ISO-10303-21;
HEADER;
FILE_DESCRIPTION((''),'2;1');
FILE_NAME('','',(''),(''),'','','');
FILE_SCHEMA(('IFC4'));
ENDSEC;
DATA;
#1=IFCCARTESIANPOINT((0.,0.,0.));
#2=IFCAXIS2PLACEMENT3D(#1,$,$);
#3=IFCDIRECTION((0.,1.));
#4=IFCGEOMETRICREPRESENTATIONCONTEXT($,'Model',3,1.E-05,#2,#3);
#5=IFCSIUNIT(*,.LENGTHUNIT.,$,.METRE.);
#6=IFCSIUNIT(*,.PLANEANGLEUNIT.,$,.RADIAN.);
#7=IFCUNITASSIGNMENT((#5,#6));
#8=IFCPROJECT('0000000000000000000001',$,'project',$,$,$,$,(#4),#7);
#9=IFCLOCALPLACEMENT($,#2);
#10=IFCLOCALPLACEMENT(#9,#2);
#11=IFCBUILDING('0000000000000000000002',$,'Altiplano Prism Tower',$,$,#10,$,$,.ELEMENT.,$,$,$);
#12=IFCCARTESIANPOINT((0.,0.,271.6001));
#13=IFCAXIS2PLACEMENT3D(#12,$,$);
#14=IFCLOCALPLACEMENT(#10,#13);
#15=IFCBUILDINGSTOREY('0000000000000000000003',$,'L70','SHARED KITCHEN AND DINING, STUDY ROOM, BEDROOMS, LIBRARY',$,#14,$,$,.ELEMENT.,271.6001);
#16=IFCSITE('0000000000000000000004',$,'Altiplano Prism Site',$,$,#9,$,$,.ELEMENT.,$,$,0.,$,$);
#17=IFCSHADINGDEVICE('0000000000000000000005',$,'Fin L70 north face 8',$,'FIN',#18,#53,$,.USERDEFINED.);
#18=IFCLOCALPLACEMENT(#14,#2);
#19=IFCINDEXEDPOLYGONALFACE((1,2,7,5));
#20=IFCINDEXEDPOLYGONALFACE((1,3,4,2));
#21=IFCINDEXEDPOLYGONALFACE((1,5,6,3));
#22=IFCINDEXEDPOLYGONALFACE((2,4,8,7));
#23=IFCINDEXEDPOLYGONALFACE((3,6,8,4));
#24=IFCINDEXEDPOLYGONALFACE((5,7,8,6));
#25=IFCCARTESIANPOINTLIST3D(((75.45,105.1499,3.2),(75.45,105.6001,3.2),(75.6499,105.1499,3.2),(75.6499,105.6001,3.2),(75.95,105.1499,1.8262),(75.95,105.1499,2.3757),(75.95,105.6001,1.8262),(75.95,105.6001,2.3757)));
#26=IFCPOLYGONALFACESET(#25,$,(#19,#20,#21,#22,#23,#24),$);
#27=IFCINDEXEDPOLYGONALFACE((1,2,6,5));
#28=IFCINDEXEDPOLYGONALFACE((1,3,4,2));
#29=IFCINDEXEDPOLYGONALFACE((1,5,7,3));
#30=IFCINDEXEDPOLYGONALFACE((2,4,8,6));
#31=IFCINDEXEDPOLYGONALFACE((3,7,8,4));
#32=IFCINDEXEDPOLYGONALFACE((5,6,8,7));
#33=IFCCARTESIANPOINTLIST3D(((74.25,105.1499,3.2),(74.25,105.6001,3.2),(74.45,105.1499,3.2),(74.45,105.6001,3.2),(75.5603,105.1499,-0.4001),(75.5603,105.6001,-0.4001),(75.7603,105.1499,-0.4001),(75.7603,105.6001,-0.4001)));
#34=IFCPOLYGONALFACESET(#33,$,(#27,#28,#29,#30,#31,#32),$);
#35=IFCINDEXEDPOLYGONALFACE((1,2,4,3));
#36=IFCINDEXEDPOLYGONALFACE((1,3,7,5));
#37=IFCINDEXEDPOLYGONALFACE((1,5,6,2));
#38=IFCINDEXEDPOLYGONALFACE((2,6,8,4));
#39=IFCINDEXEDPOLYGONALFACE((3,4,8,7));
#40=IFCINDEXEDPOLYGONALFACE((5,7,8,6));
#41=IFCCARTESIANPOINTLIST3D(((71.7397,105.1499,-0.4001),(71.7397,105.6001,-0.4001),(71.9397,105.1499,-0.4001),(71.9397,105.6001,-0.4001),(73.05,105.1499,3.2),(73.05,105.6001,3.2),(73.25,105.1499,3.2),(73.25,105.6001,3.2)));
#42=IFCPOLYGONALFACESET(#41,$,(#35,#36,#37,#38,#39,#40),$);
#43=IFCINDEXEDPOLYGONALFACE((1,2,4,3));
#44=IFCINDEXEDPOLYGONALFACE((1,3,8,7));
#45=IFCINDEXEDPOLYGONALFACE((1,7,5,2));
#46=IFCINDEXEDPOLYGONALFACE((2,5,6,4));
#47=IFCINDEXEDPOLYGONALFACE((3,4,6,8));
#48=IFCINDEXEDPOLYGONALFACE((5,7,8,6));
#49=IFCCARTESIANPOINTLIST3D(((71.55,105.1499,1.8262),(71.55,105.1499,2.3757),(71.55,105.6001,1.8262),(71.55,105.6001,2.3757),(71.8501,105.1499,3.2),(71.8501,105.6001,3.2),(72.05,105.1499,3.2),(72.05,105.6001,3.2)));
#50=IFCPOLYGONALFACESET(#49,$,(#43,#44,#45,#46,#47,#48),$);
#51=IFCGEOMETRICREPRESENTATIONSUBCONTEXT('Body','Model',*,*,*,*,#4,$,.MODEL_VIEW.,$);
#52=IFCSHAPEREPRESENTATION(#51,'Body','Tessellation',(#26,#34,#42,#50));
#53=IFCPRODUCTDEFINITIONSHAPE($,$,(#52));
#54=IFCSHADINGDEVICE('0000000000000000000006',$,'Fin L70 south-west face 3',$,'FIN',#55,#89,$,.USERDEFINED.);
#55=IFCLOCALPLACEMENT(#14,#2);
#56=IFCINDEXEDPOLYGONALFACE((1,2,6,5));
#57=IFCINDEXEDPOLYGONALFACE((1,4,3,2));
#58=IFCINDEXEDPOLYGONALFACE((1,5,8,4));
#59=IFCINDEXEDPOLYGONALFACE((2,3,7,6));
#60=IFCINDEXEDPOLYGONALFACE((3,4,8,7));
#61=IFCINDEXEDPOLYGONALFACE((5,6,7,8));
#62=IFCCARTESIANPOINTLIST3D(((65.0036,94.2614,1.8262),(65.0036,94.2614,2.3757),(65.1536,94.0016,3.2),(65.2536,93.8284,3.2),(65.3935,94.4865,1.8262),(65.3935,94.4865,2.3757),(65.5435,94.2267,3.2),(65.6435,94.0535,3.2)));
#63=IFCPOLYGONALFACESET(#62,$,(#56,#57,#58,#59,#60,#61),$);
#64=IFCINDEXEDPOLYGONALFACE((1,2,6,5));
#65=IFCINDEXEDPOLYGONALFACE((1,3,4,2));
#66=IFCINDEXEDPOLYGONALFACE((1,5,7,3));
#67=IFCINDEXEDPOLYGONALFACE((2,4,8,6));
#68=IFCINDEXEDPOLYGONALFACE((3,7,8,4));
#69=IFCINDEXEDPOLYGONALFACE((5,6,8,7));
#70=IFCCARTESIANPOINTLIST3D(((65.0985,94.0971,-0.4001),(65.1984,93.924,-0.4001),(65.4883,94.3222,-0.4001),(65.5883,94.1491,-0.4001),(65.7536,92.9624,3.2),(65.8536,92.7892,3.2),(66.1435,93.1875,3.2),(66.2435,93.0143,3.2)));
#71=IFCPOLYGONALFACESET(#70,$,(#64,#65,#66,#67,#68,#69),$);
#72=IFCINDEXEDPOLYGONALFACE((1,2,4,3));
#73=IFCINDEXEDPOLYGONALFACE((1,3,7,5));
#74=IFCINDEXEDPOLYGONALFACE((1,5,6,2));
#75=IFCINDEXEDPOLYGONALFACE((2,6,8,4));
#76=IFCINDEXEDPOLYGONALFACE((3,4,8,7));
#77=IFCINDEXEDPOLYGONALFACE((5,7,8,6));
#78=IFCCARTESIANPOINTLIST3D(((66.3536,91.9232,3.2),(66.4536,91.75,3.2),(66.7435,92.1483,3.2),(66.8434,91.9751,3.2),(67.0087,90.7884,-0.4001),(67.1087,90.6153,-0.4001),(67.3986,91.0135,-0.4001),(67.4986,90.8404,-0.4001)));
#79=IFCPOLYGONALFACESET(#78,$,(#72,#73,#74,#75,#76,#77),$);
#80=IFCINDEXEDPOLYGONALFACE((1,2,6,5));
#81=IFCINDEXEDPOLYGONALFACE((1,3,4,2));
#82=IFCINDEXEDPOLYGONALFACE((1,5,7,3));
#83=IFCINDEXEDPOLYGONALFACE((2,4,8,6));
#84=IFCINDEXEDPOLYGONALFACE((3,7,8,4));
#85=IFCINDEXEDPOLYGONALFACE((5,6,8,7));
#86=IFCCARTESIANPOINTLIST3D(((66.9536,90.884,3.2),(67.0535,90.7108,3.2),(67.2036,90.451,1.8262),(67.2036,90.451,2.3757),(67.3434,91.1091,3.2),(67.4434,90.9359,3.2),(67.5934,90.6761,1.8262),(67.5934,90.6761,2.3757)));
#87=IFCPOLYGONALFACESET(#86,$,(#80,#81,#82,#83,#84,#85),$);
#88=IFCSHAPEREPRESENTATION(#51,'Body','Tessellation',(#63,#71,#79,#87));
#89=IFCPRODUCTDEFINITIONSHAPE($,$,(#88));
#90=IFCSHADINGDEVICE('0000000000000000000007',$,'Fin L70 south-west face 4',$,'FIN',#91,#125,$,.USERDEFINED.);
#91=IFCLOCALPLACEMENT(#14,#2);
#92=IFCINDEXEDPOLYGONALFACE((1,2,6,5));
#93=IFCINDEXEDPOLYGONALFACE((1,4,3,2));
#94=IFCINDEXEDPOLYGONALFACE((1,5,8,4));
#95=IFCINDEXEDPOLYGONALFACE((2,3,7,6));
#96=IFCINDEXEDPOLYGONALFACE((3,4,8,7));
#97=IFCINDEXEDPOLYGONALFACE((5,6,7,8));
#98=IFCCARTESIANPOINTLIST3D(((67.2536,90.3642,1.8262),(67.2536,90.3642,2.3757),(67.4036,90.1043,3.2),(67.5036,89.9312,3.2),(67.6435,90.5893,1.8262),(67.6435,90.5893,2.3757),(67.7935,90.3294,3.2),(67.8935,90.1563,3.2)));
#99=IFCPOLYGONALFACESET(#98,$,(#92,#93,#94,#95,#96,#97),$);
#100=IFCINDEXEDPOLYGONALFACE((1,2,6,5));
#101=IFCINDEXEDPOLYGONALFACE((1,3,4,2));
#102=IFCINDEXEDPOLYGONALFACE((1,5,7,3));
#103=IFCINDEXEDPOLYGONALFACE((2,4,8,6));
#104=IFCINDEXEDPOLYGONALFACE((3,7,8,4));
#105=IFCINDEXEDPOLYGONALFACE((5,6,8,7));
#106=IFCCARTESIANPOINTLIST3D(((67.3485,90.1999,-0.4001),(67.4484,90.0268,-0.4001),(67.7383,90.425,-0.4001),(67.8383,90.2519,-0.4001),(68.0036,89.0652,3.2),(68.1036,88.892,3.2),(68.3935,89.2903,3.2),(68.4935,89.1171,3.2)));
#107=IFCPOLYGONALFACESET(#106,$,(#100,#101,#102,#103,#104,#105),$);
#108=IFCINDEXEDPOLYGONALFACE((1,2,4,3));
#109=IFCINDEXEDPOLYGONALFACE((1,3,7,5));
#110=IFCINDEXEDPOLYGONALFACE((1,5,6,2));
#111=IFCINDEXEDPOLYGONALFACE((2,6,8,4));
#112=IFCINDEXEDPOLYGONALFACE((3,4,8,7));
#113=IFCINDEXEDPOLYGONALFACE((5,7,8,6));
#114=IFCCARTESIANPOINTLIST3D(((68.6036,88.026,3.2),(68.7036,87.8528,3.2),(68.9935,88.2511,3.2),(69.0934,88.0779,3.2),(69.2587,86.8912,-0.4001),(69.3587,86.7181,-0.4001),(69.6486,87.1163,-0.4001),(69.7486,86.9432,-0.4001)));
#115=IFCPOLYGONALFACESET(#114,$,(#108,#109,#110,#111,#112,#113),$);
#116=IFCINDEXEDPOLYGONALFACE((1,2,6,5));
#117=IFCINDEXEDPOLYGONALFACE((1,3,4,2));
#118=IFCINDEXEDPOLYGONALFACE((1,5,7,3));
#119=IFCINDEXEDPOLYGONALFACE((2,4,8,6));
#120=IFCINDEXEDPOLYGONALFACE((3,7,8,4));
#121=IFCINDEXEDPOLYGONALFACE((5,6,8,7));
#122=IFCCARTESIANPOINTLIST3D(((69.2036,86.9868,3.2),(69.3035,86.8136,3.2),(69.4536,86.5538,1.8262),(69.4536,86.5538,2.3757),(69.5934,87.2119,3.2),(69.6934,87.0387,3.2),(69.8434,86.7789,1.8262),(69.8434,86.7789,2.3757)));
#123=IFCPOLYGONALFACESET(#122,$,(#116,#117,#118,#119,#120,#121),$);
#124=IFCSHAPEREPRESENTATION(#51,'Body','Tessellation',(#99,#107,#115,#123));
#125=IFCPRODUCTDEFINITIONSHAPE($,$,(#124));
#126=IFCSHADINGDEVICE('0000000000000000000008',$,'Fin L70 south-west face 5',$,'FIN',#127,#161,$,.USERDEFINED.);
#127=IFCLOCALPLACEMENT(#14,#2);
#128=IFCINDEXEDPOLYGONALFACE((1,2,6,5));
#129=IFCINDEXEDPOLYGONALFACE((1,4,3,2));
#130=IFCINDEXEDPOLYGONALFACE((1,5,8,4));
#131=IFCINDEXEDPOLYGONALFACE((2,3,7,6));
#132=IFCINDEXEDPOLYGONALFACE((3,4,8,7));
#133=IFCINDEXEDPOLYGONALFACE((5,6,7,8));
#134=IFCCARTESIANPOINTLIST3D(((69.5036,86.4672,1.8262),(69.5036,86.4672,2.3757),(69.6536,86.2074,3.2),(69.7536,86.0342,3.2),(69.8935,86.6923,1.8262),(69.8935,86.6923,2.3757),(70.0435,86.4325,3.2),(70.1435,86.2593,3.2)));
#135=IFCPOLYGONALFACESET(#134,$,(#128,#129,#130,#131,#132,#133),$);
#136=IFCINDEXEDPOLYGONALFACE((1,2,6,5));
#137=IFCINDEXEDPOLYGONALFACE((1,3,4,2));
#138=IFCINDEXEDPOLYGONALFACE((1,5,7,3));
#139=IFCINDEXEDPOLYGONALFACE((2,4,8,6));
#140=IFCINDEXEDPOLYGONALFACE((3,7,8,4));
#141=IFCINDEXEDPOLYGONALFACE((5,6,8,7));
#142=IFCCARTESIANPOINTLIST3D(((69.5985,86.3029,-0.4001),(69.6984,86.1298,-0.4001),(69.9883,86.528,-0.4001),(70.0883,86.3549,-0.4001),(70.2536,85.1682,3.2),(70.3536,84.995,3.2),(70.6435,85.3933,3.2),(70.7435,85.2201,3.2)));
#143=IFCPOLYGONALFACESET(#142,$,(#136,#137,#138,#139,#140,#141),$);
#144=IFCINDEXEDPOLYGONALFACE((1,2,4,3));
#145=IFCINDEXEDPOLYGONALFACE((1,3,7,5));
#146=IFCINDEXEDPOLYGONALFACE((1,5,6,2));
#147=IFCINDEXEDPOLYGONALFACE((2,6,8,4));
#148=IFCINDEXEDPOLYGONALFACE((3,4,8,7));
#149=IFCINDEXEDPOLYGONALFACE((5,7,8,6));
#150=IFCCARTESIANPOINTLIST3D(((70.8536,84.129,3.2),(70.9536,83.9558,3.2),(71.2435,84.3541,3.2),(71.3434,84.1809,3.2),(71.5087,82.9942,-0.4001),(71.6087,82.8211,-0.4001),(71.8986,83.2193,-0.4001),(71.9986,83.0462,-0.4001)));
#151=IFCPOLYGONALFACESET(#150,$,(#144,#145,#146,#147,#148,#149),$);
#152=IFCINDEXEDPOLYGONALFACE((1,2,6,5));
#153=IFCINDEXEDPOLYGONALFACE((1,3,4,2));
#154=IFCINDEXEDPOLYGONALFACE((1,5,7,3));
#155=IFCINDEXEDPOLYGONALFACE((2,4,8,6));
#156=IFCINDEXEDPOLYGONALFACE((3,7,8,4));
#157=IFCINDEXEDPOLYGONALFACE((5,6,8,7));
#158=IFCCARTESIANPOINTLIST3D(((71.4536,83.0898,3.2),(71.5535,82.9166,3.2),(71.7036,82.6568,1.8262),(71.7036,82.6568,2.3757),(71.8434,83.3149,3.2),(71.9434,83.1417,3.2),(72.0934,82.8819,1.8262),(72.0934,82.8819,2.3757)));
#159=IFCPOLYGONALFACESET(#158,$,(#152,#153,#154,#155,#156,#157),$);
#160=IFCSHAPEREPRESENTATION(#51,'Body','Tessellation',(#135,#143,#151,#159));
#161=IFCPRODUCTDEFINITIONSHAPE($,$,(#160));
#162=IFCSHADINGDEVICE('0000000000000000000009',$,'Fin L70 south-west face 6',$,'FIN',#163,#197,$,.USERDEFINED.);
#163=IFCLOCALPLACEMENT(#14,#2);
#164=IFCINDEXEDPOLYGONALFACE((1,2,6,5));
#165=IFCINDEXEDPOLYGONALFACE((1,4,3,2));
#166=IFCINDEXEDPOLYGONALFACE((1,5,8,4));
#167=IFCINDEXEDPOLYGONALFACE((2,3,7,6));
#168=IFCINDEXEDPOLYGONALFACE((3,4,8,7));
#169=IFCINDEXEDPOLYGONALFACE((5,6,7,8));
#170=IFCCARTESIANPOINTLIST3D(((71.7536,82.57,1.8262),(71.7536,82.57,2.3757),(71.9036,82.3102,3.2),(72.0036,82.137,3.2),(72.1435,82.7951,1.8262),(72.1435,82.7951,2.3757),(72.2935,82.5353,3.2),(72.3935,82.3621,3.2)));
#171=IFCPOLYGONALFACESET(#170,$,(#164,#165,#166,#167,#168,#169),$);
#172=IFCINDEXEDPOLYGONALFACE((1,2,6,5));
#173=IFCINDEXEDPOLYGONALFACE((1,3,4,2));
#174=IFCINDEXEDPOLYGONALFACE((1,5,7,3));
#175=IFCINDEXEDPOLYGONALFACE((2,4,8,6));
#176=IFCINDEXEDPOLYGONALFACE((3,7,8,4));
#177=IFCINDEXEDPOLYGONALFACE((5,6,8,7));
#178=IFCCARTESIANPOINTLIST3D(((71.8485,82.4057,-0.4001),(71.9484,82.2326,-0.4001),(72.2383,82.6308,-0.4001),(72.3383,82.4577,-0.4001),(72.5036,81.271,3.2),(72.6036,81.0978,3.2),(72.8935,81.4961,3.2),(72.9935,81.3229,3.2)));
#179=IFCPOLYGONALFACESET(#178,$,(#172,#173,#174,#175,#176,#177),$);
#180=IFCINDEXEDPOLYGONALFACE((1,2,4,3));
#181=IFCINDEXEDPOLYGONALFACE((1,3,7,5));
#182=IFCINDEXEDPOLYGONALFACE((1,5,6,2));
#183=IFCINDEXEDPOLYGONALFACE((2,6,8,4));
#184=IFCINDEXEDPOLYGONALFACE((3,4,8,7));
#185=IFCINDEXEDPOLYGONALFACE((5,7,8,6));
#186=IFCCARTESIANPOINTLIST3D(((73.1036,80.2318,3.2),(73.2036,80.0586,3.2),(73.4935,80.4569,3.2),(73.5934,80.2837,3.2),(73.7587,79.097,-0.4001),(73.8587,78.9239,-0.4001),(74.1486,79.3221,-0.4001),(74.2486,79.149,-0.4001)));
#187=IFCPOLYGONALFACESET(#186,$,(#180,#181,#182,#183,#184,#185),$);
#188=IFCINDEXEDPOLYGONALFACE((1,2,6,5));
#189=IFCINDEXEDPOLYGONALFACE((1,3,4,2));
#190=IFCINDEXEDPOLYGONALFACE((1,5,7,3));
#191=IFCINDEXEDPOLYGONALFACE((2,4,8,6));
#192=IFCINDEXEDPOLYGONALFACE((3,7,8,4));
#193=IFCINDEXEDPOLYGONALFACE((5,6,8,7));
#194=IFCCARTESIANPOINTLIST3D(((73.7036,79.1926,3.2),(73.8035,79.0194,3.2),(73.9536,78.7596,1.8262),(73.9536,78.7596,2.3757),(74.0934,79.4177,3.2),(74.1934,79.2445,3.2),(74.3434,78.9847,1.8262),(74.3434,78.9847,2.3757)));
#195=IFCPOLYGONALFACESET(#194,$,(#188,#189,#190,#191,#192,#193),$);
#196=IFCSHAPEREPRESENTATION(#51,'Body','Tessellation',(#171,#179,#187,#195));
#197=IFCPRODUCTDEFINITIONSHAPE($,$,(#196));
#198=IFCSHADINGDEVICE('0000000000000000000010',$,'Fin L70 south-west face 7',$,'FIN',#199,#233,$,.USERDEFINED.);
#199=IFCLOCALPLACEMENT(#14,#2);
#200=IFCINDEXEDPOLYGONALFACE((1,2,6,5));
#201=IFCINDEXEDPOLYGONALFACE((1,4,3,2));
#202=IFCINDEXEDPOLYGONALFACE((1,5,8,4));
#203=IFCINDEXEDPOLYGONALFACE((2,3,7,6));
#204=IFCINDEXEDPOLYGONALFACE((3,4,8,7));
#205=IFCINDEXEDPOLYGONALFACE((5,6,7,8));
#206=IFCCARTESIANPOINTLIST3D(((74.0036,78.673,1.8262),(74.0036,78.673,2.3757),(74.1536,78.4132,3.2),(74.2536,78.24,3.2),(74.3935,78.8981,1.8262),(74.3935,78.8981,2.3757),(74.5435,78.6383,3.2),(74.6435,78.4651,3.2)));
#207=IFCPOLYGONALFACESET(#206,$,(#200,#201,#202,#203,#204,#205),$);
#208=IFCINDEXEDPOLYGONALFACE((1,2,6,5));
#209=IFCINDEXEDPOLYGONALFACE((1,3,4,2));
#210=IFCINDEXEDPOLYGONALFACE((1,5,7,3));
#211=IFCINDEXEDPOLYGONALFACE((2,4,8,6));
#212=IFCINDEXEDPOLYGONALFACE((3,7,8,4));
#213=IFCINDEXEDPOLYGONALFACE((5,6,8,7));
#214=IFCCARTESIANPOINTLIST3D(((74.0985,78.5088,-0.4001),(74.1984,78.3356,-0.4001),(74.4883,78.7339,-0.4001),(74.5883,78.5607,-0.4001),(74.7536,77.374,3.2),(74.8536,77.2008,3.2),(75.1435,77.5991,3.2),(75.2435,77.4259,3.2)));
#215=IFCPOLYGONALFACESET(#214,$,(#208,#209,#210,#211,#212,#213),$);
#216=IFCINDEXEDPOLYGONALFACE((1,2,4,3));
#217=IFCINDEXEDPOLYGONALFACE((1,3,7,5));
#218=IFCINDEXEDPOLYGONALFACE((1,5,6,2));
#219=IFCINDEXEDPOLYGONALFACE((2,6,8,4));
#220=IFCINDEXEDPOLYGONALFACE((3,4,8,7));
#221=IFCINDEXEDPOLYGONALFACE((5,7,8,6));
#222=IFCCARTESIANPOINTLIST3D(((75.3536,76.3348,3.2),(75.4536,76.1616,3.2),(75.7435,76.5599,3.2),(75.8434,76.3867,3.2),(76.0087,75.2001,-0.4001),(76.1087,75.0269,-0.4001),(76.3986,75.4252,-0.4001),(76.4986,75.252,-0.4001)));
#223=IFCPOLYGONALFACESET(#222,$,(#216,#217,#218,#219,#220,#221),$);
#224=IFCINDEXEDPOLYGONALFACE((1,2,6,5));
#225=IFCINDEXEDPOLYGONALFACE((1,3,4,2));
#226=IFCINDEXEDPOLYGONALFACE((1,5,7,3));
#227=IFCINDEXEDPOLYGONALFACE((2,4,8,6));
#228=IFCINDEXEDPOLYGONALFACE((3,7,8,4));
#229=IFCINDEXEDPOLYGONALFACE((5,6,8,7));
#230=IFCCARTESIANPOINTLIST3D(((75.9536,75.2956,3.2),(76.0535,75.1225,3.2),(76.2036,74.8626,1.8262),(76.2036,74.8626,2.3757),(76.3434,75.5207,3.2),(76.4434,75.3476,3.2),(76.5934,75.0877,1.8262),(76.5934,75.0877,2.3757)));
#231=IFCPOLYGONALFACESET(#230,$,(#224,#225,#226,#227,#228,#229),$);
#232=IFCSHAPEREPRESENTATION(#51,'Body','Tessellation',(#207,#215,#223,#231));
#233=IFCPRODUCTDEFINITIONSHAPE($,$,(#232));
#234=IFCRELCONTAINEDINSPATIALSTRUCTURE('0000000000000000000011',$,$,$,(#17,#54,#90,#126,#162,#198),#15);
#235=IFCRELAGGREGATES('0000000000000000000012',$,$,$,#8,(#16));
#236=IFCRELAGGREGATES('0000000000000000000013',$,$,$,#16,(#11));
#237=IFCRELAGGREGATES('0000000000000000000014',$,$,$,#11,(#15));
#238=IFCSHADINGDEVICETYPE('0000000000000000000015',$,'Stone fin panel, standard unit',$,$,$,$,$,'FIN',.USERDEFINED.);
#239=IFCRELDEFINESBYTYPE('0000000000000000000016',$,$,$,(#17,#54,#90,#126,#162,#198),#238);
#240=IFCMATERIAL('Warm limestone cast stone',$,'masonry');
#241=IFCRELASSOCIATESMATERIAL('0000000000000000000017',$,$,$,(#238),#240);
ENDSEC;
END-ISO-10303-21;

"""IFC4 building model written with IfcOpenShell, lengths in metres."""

from ifc_helpers import new_model, si_unit, direction, frame, origin, place, context, subcontext, project, spatial, polyline, outline, extrude, source, transform, mapped, material, type_object, element, save


model = new_model("IFC4")

# Units and contexts
model_context = context("Model", 3, precision=1e-05, world=origin(), true_north=direction((0.0, 1.0)))
body_context = subcontext(model_context, "Body", "Model", "MODEL_VIEW")
ifc_project = project(units=[si_unit("LENGTHUNIT", "METRE"), si_unit("PLANEANGLEUNIT", "RADIAN")], contexts=[model_context])

# Site, building, storey
site_placement = place(None, origin())
site = spatial("IfcSite", under=ifc_project, at=site_placement, Name="Altiplano Prism Site", CompositionType="ELEMENT", RefElevation=0.0)
building_placement = place(site_placement, origin())
building = spatial("IfcBuilding", under=site, at=building_placement, Name="Altiplano Prism Tower", CompositionType="ELEMENT")
storey_placement = place(building_placement, frame((0.0, 0.0, 271.6001)))
storey = spatial("IfcBuildingStorey", under=building, at=storey_placement, Name="L70", Description="SHARED KITCHEN AND DINING, STUDY ROOM, BEDROOMS, LIBRARY", CompositionType="ELEMENT", Elevation=271.6001)

# Shading devices
ifc_material_1 = material(Name="Warm limestone cast stone", Category="masonry")
shading_device_type_1 = type_object("IfcShadingDeviceType", Name="Stone fin panel, standard unit", ElementType="FIN", PredefinedType="USERDEFINED", material=ifc_material_1)
shared_shape_1 = source(origin(), body_context, "Body", "SweptSolid", [
    extrude(outline(polyline([(-2.2, 2.2263), (-1.7, 3.6001), (-1.8999, 3.6001), (-2.2, 2.7759), (-2.2, 2.2263)])), frame((0.0, -0.1499, 0.0), z_axis=(0.0, -1.0, 0.0), x_axis=(1.0, 0.0, 0.0)), (0.0, 0.0, 1.0), 0.4502),
    extrude(outline(polyline([(-2.0103, 0.0), (-1.8103, 0.0), (-0.5, 3.6001), (-0.7, 3.6001), (-2.0103, 0.0)])), frame((0.0, -0.1499, 0.0), z_axis=(0.0, -1.0, 0.0), x_axis=(1.0, 0.0, 0.0)), (0.0, 0.0, 1.0), 0.4502),
    extrude(outline(polyline([(1.8103, 0.0), (2.0103, 0.0), (0.7, 3.6001), (0.5, 3.6001), (1.8103, 0.0)])), frame((0.0, -0.1499, 0.0), z_axis=(0.0, -1.0, 0.0), x_axis=(1.0, 0.0, 0.0)), (0.0, 0.0, 1.0), 0.4502),
    extrude(outline(polyline([(2.2, 2.7759), (1.8999, 3.6001), (1.7, 3.6001), (2.2, 2.2263), (2.2, 2.7759)])), frame((0.0, -0.1499, 0.0), z_axis=(0.0, -1.0, 0.0), x_axis=(1.0, 0.0, 0.0)), (0.0, 0.0, 1.0), 0.4502),
])
shading_device_1_placement = place(storey_placement, origin())
element("IfcShadingDevice", 1, at=shading_device_1_placement, inside=storey, type_object=shading_device_type_1, Name="Fin L70 north face 8", ObjectType="FIN", PredefinedType="USERDEFINED", context=body_context, shape_type="MappedRepresentation", body=[
    mapped(shared_shape_1, transform((73.75, 105.0, -0.4001), x_axis=(-1.0, 0.0, 0.0), y_axis=(0.0, -1.0, 0.0), z_axis=(0.0, 0.0, 1.0))),
])
shading_device_2_placement = place(storey_placement, origin())
element("IfcShadingDevice", 2, at=shading_device_2_placement, inside=storey, type_object=shading_device_type_1, Name="Fin L70 south-west face 3", ObjectType="FIN", PredefinedType="USERDEFINED", context=body_context, shape_type="MappedRepresentation", body=[
    mapped(shared_shape_1, transform((66.6233, 92.6562, -0.4001), x_axis=(0.5, -0.866025, 0.0), y_axis=(0.866025, 0.5, 0.0), z_axis=(0.0, 0.0, 1.0))),
])
shading_device_3_placement = place(storey_placement, origin())
element("IfcShadingDevice", 3, at=shading_device_3_placement, inside=storey, type_object=shading_device_type_1, Name="Fin L70 south-west face 4", ObjectType="FIN", PredefinedType="USERDEFINED", context=body_context, shape_type="MappedRepresentation", body=[
    mapped(shared_shape_1, transform((68.8733, 88.759, -0.4001), x_axis=(0.5, -0.866025, 0.0), y_axis=(0.866025, 0.5, 0.0), z_axis=(0.0, 0.0, 1.0))),
])
shading_device_4_placement = place(storey_placement, origin())
element("IfcShadingDevice", 4, at=shading_device_4_placement, inside=storey, type_object=shading_device_type_1, Name="Fin L70 south-west face 5", ObjectType="FIN", PredefinedType="USERDEFINED", context=body_context, shape_type="MappedRepresentation", body=[
    mapped(shared_shape_1, transform((71.1233, 84.8621, -0.4001), x_axis=(0.5, -0.866025, 0.0), y_axis=(0.866025, 0.5, 0.0), z_axis=(0.0, 0.0, 1.0))),
])
shading_device_5_placement = place(storey_placement, origin())
element("IfcShadingDevice", 5, at=shading_device_5_placement, inside=storey, type_object=shading_device_type_1, Name="Fin L70 south-west face 6", ObjectType="FIN", PredefinedType="USERDEFINED", context=body_context, shape_type="MappedRepresentation", body=[
    mapped(shared_shape_1, transform((73.3733, 80.9648, -0.4001), x_axis=(0.5, -0.866025, 0.0), y_axis=(0.866025, 0.5, 0.0), z_axis=(0.0, 0.0, 1.0))),
])
shading_device_6_placement = place(storey_placement, origin())
element("IfcShadingDevice", 6, at=shading_device_6_placement, inside=storey, type_object=shading_device_type_1, Name="Fin L70 south-west face 7", ObjectType="FIN", PredefinedType="USERDEFINED", context=body_context, shape_type="MappedRepresentation", body=[
    mapped(shared_shape_1, transform((75.6233, 77.0679, -0.4001), x_axis=(0.5, -0.866025, 0.0), y_axis=(0.866025, 0.5, 0.0), z_axis=(0.0, 0.0, 1.0))),
])

save(model, "model.ifc")
